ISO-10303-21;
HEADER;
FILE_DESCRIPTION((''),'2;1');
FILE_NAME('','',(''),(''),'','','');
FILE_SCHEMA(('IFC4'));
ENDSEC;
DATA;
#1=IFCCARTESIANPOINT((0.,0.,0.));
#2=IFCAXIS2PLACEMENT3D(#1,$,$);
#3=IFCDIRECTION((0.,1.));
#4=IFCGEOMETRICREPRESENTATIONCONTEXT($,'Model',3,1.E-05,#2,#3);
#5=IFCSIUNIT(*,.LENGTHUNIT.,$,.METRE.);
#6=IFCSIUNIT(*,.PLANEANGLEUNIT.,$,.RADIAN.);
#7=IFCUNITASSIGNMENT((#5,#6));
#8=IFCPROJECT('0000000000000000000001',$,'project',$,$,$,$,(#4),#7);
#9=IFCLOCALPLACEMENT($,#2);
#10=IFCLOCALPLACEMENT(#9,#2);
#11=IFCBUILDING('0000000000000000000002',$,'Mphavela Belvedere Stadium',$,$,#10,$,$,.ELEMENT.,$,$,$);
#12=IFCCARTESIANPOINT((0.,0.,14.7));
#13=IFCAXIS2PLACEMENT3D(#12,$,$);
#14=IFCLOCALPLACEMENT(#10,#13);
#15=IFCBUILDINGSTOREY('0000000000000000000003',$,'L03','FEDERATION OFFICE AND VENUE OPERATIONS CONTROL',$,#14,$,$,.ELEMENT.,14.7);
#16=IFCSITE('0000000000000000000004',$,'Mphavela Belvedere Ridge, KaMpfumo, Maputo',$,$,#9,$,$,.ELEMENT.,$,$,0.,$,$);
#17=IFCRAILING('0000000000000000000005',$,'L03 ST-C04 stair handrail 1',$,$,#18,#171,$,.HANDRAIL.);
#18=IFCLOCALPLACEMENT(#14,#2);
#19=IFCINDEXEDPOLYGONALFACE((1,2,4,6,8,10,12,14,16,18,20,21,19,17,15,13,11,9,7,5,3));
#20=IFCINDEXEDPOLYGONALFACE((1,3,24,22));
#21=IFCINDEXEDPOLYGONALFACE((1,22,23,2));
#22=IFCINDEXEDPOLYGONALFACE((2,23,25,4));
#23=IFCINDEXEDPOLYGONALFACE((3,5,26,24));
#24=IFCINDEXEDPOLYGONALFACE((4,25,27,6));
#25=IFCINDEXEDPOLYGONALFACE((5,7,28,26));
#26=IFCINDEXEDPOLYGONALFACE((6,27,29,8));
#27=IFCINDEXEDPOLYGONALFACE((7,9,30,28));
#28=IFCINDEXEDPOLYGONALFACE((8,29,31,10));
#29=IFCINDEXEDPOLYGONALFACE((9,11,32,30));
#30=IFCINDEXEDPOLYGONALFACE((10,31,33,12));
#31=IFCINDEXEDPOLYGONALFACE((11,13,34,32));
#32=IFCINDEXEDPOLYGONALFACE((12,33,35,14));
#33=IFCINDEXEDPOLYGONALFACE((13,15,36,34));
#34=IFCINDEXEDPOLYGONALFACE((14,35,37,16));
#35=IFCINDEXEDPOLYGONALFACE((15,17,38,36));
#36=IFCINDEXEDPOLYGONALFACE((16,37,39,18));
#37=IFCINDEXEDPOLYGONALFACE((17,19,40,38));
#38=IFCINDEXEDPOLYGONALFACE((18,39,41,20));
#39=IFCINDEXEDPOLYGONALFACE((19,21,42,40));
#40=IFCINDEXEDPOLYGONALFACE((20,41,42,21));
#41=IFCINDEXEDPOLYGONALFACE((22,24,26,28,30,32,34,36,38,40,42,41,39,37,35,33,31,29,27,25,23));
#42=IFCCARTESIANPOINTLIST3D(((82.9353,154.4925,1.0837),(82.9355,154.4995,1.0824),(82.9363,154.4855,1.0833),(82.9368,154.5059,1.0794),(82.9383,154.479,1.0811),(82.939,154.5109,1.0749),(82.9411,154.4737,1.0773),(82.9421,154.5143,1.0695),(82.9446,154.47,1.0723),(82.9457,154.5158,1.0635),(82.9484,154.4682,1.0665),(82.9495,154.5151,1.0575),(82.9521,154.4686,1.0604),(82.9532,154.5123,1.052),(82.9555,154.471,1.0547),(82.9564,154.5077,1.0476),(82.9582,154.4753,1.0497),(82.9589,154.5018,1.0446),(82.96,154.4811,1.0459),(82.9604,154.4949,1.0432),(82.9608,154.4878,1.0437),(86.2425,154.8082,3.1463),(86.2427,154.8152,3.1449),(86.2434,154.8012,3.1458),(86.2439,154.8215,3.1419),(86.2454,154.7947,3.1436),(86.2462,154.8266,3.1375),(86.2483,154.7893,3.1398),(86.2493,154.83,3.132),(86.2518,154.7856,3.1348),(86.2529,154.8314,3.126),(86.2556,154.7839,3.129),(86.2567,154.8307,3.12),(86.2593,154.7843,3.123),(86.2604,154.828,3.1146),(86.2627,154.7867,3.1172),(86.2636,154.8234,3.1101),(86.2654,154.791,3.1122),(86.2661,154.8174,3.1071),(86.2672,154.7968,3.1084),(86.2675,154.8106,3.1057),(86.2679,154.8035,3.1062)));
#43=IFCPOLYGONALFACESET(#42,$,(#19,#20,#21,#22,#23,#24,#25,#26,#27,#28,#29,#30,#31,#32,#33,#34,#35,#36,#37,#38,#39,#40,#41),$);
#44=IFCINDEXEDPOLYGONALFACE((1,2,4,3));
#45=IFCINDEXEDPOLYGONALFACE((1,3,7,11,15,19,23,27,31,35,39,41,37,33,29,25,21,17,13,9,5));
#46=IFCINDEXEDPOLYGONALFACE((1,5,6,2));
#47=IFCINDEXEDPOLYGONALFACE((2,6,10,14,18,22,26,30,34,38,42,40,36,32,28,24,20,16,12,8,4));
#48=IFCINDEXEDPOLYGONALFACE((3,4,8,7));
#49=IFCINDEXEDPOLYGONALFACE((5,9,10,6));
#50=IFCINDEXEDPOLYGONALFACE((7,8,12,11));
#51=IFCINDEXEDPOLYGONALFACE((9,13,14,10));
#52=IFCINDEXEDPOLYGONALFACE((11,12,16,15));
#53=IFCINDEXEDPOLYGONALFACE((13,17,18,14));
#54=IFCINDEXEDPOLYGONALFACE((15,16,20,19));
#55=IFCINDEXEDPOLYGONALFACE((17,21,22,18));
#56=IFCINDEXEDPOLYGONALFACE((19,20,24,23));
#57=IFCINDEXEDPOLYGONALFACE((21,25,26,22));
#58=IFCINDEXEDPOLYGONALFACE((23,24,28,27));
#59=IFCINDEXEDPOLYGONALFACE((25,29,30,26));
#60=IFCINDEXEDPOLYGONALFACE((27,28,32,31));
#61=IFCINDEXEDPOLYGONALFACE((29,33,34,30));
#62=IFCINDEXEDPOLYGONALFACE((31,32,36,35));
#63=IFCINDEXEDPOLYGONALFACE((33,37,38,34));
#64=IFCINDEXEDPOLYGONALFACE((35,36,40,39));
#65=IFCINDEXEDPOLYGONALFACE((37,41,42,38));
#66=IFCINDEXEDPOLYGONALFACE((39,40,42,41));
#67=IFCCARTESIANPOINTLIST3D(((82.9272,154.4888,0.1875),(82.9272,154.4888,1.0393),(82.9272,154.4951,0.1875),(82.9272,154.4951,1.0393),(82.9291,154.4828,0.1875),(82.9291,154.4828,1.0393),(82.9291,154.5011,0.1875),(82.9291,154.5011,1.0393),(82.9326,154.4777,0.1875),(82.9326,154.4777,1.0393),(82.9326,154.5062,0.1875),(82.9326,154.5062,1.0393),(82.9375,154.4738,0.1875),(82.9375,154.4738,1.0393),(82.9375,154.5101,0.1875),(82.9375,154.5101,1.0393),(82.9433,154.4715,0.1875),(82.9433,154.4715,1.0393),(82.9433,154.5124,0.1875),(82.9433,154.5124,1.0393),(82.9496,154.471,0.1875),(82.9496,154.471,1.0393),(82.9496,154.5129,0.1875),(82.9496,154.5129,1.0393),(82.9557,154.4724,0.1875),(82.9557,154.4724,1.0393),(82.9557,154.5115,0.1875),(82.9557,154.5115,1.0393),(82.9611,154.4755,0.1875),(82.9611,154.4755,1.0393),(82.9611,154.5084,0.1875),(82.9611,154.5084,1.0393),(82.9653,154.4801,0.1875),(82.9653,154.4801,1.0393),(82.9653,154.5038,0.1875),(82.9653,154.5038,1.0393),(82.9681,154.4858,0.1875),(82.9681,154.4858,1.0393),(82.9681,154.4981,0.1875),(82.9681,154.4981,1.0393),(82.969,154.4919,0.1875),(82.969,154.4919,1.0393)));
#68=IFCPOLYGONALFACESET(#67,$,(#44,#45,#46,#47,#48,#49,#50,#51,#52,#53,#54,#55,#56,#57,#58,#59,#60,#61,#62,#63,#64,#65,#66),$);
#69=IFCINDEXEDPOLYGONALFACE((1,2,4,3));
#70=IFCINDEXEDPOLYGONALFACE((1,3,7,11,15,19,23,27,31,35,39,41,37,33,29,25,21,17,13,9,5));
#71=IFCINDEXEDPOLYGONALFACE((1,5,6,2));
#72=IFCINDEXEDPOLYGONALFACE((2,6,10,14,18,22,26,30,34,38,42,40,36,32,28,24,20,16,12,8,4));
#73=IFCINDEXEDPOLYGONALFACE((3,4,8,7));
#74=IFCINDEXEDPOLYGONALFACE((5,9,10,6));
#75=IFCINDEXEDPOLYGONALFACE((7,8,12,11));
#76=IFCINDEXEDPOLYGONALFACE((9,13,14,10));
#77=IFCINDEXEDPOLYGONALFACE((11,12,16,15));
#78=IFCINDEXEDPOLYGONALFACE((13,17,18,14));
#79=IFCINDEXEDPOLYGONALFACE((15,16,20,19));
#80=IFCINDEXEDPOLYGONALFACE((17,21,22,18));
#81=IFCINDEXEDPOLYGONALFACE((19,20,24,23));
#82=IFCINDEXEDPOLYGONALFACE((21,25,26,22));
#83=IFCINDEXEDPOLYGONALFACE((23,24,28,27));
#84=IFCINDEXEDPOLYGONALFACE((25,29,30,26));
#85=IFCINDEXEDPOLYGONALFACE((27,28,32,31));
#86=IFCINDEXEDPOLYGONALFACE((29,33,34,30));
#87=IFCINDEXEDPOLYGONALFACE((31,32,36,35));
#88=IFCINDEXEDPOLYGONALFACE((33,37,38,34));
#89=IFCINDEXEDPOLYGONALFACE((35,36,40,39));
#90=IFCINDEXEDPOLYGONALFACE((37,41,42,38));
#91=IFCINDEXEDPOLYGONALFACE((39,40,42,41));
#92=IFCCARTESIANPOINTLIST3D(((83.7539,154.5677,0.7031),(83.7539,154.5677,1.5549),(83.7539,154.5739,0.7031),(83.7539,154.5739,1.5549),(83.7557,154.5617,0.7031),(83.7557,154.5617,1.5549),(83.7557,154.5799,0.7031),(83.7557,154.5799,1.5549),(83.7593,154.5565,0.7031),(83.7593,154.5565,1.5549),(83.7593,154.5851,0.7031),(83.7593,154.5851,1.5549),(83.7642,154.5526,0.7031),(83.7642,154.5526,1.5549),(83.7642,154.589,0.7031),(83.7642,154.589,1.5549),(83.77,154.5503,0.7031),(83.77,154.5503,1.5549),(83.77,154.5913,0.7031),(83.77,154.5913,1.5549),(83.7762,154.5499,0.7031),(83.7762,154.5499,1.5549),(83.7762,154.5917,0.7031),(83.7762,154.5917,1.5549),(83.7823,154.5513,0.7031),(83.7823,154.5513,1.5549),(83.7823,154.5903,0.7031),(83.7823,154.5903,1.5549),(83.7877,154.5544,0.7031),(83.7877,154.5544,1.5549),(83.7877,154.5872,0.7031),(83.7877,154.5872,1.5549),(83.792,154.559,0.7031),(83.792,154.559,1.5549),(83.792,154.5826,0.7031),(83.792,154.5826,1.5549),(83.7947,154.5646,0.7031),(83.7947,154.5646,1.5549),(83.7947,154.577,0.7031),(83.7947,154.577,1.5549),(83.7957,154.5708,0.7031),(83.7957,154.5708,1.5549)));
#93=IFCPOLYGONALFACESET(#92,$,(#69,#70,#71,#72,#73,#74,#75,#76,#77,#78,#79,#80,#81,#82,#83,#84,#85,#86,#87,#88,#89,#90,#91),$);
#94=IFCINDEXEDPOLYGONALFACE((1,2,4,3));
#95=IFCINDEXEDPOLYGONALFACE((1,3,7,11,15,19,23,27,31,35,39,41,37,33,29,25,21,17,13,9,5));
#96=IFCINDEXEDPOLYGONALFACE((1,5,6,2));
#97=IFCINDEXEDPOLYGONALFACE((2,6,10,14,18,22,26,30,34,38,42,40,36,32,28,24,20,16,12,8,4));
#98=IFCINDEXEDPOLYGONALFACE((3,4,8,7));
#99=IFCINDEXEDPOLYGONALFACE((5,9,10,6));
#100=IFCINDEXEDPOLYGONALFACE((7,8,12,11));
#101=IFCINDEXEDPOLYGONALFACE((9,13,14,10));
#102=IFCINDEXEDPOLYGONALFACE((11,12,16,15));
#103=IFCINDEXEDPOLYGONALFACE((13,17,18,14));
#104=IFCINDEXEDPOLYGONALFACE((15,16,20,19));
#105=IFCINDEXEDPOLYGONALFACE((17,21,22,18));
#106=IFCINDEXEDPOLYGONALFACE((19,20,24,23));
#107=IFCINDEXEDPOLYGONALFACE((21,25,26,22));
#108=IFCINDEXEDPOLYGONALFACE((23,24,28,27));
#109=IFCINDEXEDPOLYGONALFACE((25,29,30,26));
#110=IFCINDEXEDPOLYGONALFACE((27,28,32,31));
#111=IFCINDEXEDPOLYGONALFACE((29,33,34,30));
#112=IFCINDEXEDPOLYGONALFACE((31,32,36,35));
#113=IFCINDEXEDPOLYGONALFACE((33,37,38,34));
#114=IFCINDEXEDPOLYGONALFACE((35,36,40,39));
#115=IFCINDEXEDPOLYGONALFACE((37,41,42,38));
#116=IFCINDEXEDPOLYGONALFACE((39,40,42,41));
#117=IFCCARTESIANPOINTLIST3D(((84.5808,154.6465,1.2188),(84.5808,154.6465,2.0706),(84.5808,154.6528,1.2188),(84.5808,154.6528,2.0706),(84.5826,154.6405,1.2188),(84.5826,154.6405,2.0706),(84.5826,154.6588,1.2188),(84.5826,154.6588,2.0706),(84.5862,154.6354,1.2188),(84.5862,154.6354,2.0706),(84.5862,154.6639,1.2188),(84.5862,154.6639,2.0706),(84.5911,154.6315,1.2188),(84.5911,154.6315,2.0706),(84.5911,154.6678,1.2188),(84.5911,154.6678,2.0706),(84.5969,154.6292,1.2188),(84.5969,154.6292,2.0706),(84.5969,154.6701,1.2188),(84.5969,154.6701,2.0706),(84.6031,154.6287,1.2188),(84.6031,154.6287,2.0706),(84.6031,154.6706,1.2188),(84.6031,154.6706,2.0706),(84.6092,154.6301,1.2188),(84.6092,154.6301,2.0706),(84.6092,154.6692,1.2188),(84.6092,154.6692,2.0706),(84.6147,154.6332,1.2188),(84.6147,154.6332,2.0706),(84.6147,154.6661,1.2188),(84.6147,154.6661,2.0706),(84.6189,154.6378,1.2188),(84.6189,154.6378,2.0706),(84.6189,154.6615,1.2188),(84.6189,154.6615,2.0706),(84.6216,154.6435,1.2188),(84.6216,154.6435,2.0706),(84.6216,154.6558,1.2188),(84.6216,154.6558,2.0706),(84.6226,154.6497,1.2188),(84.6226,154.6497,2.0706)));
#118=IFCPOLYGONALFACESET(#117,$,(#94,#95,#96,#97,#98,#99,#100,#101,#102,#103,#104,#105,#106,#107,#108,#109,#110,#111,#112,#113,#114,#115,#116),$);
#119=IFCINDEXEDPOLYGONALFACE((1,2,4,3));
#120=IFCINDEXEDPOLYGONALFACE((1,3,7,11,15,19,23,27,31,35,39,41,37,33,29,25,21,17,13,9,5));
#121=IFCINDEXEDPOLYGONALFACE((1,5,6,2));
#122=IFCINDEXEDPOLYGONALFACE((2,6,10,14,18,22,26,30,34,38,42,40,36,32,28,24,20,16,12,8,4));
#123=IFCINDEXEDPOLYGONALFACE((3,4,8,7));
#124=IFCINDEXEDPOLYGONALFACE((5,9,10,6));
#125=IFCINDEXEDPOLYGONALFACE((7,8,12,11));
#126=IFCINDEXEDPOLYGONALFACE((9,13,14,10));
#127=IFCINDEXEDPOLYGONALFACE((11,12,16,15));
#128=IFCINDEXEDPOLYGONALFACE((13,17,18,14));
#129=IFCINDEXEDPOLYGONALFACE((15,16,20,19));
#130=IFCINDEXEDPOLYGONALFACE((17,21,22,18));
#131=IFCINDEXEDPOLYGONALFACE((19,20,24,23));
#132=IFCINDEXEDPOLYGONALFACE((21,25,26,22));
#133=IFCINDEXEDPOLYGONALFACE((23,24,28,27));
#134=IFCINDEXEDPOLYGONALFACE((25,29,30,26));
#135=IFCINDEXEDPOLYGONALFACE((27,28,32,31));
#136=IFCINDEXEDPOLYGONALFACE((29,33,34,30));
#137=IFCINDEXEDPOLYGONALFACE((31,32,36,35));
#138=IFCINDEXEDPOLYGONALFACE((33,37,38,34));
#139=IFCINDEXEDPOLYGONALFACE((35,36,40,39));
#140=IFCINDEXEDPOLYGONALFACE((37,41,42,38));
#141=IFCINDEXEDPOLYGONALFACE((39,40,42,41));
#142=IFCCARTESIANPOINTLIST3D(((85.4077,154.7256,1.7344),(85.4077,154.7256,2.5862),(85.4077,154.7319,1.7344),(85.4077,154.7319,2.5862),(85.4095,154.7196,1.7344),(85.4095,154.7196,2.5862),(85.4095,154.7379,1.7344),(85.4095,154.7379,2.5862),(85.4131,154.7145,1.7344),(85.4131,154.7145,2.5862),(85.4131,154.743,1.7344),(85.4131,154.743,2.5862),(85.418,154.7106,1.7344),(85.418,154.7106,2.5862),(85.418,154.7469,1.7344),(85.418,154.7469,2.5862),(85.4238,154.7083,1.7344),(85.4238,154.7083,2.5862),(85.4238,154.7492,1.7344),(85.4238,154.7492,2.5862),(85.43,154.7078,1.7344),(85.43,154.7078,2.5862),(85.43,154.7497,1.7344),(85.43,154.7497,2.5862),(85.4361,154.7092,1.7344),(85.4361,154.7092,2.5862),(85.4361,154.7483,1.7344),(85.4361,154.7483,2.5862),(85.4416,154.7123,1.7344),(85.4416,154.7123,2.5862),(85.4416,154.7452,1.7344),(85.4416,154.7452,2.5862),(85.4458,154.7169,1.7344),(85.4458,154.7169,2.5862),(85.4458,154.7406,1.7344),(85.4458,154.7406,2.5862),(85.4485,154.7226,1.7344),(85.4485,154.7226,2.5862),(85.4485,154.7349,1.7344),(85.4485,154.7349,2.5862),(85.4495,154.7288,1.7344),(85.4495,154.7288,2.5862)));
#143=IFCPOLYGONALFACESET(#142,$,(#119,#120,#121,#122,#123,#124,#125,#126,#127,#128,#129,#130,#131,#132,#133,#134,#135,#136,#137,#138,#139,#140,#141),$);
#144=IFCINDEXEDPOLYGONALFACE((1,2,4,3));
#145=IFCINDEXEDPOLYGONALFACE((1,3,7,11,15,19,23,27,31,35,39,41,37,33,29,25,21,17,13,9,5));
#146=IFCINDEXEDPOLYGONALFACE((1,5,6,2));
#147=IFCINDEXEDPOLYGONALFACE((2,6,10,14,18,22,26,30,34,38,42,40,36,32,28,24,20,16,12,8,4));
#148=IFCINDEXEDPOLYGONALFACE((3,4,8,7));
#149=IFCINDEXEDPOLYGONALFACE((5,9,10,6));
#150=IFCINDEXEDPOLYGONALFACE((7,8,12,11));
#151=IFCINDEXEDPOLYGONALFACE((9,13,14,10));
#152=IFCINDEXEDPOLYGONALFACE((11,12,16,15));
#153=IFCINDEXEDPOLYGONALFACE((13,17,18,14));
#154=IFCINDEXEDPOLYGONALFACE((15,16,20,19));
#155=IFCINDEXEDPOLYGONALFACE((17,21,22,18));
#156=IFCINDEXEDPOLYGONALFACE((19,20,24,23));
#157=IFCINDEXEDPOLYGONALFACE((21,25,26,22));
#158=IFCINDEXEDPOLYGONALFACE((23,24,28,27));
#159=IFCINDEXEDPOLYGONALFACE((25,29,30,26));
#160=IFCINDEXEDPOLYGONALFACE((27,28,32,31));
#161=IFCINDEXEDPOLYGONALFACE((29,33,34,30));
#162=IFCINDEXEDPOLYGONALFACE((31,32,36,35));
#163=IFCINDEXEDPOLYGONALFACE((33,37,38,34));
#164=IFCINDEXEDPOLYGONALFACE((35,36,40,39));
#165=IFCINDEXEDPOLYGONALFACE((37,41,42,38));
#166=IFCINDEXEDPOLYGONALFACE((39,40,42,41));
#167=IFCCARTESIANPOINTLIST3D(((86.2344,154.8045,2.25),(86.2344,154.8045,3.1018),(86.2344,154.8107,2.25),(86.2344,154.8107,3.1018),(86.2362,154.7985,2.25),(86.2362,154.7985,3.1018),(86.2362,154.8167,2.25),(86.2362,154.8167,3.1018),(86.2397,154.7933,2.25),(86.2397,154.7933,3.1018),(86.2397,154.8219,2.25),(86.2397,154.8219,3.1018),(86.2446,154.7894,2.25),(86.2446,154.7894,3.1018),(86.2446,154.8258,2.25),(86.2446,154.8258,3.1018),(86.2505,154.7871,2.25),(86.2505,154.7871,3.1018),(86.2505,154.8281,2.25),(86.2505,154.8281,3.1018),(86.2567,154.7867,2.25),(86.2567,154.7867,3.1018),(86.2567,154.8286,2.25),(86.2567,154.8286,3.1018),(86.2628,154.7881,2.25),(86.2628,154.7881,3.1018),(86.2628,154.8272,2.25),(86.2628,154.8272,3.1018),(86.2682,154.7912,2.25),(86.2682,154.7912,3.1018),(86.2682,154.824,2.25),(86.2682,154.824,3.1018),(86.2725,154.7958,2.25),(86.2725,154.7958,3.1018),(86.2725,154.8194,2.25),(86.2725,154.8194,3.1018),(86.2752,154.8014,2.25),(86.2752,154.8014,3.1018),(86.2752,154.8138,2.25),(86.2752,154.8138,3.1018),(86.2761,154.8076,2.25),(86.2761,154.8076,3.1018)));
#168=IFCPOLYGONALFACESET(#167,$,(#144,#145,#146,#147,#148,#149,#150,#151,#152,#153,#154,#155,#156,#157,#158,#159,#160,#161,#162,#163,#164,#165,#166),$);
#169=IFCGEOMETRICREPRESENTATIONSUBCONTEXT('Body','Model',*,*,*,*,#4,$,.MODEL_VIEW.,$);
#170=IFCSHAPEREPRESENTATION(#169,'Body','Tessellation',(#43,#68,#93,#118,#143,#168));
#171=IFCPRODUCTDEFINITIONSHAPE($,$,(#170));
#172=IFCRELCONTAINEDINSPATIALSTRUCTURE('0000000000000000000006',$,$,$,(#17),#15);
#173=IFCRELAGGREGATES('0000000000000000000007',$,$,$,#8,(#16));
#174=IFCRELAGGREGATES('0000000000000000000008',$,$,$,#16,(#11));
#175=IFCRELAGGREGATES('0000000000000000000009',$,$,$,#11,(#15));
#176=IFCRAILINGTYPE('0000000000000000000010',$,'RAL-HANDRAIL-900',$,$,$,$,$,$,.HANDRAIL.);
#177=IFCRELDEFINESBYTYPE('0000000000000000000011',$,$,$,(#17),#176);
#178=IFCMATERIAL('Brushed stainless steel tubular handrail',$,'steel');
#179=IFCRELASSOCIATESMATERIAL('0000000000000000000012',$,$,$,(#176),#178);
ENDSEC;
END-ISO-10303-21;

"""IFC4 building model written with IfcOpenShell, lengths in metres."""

from ifc_helpers import new_model, si_unit, direction, frame, origin, origin_2d, place, context, subcontext, project, spatial, circle, extrude, material, type_object, element, save


model = new_model("IFC4")

# Units and contexts
model_context = context("Model", 3, precision=1e-05, world=origin(), true_north=direction((0.0, 1.0)))
body_context = subcontext(model_context, "Body", "Model", "MODEL_VIEW")
ifc_project = project(units=[si_unit("LENGTHUNIT", "METRE"), si_unit("PLANEANGLEUNIT", "RADIAN")], contexts=[model_context])

# Site, building, storey
site_placement = place(None, origin())
site = spatial("IfcSite", under=ifc_project, at=site_placement, Name="Mphavela Belvedere Ridge, KaMpfumo, Maputo", CompositionType="ELEMENT", RefElevation=0.0)
building_placement = place(site_placement, origin())
building = spatial("IfcBuilding", under=site, at=building_placement, Name="Mphavela Belvedere Stadium", CompositionType="ELEMENT")
storey_placement = place(building_placement, frame((0.0, 0.0, 14.7)))
storey = spatial("IfcBuildingStorey", under=building, at=storey_placement, Name="L03", Description="FEDERATION OFFICE AND VENUE OPERATIONS CONTROL", CompositionType="ELEMENT", Elevation=14.7)

# Railing
ifc_material_1 = material(Name="Brushed stainless steel tubular handrail", Category="steel")
railing_type_1 = type_object("IfcRailingType", Name="RAL-HANDRAIL-900", PredefinedType="HANDRAIL", material=ifc_material_1)
railing_1_placement = place(storey_placement, frame((82.948, 154.4919, 0.1875)))
element("IfcRailing", 1, at=railing_1_placement, inside=storey, type_object=railing_type_1, Name="L03 ST-C04 stair handrail 1", PredefinedType="HANDRAIL", context=body_context, shape_type="SweptSolid", body=[
    extrude(circle(Radius=0.0239, at=origin_2d()), frame((0.0, 0.0, 0.876), z_axis=(0.845742, 0.080728, 0.527449), x_axis=(-0.095021, 0.995475, 0.0)), (0.0, 0.0, 1.0), 3.9104),
    extrude(circle(Radius=0.021, at=origin_2d()), origin(), (0.0, 0.0, 1.0), 0.8518),
    extrude(circle(Radius=0.021, at=origin_2d()), frame((0.8267, 0.0789, 0.5156)), (0.0, 0.0, 1.0), 0.8518),
    extrude(circle(Radius=0.021, at=origin_2d()), frame((1.6536, 0.1577, 1.0312)), (0.0, 0.0, 1.0), 0.8518),
    extrude(circle(Radius=0.021, at=origin_2d()), frame((2.4805, 0.2368, 1.5469)), (0.0, 0.0, 1.0), 0.8518),
    extrude(circle(Radius=0.021, at=origin_2d()), frame((3.3071, 0.3157, 2.0625)), (0.0, 0.0, 1.0), 0.8518),
])

save(model, "model.ifc")
